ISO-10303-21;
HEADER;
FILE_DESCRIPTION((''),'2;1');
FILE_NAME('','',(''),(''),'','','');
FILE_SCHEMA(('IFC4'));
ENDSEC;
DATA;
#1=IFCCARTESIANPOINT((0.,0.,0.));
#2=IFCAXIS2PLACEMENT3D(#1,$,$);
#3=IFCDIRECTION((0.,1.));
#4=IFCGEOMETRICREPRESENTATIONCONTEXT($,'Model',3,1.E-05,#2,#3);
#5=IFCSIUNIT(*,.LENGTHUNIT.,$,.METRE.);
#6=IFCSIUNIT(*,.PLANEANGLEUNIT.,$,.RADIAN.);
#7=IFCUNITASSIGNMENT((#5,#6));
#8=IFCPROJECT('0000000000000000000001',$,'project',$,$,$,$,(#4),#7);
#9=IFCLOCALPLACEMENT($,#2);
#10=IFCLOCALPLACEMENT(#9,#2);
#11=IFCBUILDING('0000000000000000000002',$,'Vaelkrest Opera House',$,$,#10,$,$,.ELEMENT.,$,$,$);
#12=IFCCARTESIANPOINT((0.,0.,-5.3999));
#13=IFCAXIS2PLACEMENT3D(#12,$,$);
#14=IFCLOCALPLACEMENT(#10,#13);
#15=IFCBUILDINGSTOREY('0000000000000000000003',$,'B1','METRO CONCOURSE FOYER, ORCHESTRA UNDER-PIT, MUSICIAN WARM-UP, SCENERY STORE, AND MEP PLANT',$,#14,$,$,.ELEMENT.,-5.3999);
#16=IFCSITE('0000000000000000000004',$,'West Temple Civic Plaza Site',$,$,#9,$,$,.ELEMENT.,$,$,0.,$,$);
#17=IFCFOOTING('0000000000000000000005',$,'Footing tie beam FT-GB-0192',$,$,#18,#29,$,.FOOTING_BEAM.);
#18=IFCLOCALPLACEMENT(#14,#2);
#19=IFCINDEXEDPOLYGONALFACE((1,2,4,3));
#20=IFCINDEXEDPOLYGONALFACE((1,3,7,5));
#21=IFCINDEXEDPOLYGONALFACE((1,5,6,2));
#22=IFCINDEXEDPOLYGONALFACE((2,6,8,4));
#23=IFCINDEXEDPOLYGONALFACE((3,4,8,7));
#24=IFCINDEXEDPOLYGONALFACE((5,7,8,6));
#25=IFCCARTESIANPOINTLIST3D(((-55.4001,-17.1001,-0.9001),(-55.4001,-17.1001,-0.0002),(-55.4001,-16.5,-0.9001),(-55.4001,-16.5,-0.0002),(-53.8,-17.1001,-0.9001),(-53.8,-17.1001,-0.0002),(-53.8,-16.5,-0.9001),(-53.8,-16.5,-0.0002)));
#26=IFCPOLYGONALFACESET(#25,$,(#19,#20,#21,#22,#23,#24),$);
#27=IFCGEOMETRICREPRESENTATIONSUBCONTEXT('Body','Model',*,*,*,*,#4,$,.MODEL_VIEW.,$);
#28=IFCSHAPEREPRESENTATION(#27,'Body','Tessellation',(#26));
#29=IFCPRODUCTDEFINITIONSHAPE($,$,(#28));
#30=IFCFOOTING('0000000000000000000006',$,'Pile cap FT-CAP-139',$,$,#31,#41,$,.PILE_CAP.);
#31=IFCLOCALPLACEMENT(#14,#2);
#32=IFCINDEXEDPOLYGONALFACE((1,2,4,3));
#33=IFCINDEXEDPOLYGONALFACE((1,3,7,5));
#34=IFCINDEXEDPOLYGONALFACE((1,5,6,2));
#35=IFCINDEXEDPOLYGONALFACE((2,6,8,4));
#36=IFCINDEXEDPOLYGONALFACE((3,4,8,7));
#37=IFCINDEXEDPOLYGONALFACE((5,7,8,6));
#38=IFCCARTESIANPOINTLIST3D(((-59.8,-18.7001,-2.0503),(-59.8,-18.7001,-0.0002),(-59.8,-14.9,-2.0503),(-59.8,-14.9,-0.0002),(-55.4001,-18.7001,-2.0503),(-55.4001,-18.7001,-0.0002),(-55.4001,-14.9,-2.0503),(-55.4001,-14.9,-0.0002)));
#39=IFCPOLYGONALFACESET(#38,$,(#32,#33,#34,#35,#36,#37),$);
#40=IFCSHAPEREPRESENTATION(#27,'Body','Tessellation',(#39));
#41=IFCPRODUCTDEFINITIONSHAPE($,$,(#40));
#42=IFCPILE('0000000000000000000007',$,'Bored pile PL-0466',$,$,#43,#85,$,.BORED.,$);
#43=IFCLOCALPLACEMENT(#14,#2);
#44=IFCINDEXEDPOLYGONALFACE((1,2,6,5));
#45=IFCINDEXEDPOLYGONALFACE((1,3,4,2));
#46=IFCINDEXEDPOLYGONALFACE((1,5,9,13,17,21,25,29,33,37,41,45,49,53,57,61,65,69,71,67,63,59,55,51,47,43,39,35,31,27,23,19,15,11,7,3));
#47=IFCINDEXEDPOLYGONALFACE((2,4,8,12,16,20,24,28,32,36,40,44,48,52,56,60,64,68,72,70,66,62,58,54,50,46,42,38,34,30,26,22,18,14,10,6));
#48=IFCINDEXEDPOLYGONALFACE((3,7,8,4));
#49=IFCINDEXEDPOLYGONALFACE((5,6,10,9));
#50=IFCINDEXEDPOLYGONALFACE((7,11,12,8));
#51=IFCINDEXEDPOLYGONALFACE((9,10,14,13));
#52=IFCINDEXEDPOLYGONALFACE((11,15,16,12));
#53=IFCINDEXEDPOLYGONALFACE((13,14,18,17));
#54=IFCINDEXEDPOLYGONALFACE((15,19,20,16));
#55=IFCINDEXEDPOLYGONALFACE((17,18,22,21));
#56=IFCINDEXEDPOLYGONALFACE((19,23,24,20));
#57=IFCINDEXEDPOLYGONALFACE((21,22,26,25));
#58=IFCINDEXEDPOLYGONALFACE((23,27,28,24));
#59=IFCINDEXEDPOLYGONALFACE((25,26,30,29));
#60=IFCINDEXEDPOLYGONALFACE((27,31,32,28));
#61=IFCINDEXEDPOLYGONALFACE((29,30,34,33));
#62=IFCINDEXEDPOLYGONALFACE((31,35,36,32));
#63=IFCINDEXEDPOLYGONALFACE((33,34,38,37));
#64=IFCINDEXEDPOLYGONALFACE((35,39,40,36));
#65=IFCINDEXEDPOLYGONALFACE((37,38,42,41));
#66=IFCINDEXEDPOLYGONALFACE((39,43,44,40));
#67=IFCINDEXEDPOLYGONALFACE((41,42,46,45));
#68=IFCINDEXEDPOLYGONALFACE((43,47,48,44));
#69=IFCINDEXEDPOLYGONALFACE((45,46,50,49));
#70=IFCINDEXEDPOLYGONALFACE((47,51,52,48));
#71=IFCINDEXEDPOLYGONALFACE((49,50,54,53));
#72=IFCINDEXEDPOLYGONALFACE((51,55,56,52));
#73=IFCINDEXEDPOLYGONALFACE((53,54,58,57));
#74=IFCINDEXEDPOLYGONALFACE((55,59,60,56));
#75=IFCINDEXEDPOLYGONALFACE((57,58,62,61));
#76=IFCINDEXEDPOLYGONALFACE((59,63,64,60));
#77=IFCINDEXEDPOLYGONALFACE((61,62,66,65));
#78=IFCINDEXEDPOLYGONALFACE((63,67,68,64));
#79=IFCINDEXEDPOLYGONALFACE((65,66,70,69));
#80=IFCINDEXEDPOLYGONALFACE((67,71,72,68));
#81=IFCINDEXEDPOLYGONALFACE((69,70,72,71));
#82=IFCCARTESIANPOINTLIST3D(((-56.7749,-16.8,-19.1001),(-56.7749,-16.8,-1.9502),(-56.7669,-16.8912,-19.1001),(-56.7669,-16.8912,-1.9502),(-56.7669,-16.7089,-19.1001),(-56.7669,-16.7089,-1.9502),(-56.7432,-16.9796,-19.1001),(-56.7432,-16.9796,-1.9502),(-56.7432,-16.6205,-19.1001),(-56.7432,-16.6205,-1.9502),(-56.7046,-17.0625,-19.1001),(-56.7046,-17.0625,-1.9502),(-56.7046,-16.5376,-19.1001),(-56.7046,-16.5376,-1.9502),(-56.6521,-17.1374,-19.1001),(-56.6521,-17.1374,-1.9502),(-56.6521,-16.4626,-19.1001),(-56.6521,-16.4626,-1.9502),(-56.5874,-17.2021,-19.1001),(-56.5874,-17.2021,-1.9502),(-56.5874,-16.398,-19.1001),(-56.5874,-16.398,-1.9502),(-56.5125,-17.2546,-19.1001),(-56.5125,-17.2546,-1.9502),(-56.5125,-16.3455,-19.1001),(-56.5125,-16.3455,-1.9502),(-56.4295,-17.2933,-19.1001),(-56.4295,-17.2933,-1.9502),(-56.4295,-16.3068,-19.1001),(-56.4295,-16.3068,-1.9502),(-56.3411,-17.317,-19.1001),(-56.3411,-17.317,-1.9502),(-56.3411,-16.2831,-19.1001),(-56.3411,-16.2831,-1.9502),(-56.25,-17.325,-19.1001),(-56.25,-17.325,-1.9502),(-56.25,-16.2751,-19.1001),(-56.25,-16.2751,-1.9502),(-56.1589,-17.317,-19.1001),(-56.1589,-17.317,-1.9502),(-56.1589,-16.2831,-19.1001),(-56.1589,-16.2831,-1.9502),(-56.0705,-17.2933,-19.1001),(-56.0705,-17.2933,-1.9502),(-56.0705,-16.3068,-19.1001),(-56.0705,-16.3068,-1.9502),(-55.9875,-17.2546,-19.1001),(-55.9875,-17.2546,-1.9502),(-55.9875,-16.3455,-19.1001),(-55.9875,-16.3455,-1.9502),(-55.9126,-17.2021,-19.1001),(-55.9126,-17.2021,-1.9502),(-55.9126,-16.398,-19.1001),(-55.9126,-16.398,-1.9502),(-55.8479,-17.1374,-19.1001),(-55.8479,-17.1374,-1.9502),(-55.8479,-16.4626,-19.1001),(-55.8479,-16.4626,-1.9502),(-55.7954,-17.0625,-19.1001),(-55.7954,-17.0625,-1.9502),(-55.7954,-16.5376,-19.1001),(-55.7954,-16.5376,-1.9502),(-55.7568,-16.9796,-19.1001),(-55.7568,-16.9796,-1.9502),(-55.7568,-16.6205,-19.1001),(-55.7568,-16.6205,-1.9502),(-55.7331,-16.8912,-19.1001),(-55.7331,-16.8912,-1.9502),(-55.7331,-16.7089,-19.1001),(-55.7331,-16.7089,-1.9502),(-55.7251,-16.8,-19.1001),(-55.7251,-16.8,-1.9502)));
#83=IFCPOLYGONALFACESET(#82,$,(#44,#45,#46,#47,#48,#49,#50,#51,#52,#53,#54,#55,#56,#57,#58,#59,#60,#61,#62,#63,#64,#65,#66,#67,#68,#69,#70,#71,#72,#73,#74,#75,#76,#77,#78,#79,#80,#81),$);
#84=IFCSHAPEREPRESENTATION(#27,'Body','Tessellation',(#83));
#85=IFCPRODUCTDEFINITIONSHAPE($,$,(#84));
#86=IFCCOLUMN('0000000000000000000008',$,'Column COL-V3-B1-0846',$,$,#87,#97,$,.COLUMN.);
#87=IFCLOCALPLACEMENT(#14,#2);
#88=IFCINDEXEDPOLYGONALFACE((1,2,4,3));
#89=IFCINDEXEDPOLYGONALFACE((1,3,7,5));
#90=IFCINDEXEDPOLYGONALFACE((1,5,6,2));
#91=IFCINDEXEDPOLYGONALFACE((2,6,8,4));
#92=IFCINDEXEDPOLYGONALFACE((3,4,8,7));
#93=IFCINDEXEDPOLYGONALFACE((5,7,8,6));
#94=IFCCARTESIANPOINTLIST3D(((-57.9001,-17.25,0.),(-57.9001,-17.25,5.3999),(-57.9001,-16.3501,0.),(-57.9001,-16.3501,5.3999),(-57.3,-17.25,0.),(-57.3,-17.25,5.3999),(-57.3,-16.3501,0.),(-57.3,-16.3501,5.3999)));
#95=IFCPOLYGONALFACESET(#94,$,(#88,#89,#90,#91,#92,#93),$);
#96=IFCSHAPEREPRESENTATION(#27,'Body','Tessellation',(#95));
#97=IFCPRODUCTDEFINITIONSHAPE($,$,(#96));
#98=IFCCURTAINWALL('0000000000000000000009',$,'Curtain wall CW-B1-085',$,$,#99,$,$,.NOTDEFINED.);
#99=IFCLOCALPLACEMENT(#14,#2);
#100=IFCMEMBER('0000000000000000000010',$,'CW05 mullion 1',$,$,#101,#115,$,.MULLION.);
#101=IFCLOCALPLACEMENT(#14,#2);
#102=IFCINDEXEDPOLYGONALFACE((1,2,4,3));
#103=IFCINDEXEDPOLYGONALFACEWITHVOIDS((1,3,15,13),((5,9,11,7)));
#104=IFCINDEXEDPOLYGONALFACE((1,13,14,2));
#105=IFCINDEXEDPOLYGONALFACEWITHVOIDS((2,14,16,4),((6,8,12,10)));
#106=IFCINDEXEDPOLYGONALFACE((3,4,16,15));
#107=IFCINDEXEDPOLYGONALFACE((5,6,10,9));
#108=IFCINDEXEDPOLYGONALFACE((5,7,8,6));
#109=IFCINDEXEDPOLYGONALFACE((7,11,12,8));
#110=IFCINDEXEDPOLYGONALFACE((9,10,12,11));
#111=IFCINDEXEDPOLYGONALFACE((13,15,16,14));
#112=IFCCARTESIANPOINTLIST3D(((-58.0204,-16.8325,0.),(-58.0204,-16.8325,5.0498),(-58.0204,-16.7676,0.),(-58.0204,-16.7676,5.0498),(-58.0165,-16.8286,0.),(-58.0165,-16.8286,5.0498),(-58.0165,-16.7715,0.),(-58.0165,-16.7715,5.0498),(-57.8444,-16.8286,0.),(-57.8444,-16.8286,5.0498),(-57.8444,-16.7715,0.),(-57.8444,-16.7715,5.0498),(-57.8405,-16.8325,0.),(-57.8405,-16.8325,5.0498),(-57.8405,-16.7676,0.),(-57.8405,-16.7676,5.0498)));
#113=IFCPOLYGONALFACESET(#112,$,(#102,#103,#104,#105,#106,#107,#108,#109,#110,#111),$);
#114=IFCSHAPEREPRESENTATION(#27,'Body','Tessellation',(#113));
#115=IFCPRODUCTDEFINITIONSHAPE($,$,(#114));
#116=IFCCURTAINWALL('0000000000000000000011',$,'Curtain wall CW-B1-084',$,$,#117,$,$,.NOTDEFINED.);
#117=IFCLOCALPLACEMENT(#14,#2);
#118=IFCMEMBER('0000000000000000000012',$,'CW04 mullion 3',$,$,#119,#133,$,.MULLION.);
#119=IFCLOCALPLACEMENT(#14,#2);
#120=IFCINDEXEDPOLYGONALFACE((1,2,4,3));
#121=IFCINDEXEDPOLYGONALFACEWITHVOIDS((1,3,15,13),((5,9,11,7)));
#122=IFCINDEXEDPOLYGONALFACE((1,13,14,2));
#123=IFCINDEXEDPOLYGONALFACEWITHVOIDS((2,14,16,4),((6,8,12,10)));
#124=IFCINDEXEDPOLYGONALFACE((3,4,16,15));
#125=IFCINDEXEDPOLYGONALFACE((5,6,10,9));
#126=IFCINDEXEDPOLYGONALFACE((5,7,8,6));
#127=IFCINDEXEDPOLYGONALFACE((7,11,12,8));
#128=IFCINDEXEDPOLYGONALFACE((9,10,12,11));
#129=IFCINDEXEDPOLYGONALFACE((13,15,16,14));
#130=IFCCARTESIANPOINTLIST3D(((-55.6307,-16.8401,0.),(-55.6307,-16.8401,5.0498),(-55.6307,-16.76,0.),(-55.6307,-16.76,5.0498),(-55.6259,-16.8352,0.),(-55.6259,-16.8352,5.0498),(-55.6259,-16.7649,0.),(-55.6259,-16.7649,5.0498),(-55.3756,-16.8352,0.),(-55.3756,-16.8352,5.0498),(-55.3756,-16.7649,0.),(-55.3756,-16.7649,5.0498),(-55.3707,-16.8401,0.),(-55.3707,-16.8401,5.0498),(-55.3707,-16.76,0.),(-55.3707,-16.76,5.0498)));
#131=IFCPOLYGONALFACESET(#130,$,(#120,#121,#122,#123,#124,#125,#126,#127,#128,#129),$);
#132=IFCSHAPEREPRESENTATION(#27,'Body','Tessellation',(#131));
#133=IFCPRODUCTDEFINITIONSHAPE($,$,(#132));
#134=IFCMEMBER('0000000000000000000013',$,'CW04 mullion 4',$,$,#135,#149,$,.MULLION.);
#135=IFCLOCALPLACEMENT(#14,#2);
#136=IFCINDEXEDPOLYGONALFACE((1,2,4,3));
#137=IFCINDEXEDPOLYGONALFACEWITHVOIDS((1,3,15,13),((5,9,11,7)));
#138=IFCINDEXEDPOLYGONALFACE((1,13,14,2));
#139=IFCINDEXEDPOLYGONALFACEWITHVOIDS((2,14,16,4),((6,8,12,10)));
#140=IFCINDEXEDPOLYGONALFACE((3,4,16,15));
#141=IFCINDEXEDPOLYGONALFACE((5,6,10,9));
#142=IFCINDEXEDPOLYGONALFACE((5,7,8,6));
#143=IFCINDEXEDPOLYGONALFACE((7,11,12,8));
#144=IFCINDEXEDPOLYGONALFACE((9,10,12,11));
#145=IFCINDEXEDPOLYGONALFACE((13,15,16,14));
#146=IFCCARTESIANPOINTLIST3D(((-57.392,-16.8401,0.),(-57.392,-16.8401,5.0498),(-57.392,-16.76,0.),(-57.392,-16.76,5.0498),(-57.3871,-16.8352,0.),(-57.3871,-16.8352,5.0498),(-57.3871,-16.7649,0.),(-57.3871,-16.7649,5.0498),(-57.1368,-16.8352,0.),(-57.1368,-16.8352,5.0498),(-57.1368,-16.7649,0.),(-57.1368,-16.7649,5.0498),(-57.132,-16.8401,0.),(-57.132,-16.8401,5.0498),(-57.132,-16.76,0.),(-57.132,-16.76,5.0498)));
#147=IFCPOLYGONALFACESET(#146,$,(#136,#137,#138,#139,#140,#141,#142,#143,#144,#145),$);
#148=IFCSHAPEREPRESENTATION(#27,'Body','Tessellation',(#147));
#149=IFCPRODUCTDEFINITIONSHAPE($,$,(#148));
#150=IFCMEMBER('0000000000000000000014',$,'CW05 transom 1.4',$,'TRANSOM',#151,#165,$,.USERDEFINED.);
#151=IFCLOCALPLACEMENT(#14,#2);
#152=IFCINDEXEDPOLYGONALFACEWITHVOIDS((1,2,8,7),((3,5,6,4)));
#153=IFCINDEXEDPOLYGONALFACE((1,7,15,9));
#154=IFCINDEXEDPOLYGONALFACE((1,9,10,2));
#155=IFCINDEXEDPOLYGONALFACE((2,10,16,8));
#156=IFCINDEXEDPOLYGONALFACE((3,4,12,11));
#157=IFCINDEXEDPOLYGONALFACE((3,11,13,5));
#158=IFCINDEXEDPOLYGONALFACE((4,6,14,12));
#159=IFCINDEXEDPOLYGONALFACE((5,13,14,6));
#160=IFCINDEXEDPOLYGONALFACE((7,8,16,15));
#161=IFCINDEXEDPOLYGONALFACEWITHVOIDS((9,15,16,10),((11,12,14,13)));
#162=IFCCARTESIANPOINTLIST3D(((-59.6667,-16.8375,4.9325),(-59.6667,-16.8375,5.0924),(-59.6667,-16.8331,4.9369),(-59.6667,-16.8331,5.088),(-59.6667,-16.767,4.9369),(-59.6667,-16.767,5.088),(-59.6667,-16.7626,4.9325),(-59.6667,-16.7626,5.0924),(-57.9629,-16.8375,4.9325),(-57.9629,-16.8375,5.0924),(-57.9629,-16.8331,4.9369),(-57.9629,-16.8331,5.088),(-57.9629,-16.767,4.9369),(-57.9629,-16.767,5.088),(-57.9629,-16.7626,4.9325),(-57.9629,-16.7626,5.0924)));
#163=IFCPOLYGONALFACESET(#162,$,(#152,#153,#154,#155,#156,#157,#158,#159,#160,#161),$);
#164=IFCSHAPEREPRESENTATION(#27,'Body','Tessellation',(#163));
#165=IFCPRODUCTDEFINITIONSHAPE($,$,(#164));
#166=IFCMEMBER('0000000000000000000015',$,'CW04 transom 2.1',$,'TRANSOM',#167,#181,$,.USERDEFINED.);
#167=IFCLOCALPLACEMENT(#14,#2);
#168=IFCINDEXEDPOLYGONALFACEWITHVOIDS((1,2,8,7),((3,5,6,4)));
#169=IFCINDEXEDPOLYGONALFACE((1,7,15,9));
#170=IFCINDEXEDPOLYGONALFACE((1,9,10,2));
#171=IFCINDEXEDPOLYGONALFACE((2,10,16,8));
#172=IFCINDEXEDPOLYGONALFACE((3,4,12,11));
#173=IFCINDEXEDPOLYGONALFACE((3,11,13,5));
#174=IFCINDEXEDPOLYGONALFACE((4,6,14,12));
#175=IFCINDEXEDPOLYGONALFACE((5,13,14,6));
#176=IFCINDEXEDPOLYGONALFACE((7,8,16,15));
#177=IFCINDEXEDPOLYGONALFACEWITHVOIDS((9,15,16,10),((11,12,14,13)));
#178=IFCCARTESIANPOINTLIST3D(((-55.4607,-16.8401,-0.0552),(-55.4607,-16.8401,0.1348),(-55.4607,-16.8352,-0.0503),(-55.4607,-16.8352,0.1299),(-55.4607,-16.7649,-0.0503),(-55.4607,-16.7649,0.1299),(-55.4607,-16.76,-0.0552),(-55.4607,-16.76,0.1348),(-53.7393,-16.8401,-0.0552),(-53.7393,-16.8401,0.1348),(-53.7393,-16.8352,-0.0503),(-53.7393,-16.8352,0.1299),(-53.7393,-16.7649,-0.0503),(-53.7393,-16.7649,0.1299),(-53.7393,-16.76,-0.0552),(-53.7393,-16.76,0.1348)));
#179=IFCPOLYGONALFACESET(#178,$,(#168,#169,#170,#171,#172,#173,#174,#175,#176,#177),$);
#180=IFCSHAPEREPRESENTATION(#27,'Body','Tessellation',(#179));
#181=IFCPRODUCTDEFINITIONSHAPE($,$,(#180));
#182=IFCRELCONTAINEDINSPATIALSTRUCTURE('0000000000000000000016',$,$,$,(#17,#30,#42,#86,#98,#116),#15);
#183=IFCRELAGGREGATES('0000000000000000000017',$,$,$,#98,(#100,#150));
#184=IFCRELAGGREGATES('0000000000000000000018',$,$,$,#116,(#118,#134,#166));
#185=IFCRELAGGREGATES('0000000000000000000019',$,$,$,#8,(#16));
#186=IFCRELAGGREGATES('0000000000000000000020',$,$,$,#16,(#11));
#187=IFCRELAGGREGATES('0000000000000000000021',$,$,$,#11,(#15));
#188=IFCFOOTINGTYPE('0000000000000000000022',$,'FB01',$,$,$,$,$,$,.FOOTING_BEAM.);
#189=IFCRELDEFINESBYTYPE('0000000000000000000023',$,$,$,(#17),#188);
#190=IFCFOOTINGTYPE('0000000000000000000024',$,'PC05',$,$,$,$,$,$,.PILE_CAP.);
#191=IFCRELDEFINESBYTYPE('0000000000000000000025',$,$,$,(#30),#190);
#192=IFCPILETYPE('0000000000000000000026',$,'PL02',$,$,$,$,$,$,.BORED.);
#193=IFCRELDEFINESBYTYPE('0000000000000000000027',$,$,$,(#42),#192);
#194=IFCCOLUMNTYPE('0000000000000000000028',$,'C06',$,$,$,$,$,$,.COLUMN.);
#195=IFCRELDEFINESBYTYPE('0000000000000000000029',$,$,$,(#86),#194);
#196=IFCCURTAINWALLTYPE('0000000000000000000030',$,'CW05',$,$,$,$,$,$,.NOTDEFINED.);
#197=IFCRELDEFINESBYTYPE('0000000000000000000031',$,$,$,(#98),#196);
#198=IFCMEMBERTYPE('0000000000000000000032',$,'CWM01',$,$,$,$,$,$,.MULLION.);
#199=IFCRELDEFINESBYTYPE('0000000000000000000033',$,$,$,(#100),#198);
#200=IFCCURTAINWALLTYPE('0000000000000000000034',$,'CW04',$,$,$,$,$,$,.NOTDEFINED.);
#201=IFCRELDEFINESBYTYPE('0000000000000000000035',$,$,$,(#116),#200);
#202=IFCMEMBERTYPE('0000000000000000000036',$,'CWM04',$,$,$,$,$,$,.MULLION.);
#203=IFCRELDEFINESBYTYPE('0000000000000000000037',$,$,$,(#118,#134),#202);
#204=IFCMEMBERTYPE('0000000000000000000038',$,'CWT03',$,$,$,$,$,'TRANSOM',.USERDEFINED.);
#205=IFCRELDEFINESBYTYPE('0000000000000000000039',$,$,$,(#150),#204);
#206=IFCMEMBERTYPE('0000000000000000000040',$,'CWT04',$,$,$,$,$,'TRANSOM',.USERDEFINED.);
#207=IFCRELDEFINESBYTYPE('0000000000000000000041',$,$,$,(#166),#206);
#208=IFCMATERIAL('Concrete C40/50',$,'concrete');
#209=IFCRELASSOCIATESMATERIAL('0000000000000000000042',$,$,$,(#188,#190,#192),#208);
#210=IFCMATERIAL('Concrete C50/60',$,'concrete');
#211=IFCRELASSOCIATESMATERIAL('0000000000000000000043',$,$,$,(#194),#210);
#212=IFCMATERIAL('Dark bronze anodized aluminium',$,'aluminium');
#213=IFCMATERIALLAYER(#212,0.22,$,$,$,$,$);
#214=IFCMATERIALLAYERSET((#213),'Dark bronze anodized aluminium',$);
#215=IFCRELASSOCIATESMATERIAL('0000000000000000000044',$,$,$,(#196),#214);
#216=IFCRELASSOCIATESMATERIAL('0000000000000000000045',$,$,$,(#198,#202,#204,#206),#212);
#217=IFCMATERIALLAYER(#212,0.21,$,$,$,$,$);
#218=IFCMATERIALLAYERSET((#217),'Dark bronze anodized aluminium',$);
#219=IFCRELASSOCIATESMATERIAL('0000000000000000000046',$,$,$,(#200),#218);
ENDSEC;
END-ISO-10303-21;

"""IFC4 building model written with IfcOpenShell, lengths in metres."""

from ifc_helpers import new_model, si_unit, direction, frame, origin, origin_2d, place, context, subcontext, project, spatial, rectangle, hollow_rectangle, circle, extrude, material, layer, layer_set, material_profile, profile_set, type_object, element, aggregate, save


model = new_model("IFC4")

# Units and contexts
model_context = context("Model", 3, precision=1e-05, world=origin(), true_north=direction((0.0, 1.0)))
body_context = subcontext(model_context, "Body", "Model", "MODEL_VIEW")
ifc_project = project(units=[si_unit("LENGTHUNIT", "METRE"), si_unit("PLANEANGLEUNIT", "RADIAN")], contexts=[model_context])

# Site, building, storey
site_placement = place(None, origin())
site = spatial("IfcSite", under=ifc_project, at=site_placement, Name="West Temple Civic Plaza Site", CompositionType="ELEMENT", RefElevation=0.0)
building_placement = place(site_placement, origin())
building = spatial("IfcBuilding", under=site, at=building_placement, Name="Vaelkrest Opera House", CompositionType="ELEMENT")
storey_placement = place(building_placement, frame((0.0, 0.0, -5.3999)))
storey = spatial("IfcBuildingStorey", under=building, at=storey_placement, Name="B1", Description="METRO CONCOURSE FOYER, ORCHESTRA UNDER-PIT, MUSICIAN WARM-UP, SCENERY STORE, AND MEP PLANT", CompositionType="ELEMENT", Elevation=-5.3999)

# Footings
ifc_material_1 = material(Name="Concrete C40/50", Category="concrete")
footing_type_1 = type_object("IfcFootingType", Name="FB01", PredefinedType="FOOTING_BEAM", material=ifc_material_1)
footing_1_placement = place(storey_placement, frame((-54.6001, -16.8, -0.9001), z_axis=(0.0, 0.0, 1.0), x_axis=(1.0, 0.0, 0.0)))
element("IfcFooting", 1, at=footing_1_placement, inside=storey, type_object=footing_type_1, Name="Footing tie beam FT-GB-0192", PredefinedType="FOOTING_BEAM", context=body_context, shape_type="SweptSolid", body=[
    extrude(rectangle(XDim=1.6001, YDim=0.6001, at=origin_2d()), origin(), (0.0, 0.0, 1.0), 0.8999),
])
footing_type_2 = type_object("IfcFootingType", Name="PC05", PredefinedType="PILE_CAP", material=ifc_material_1)
footing_2_placement = place(storey_placement, frame((-57.6001, -16.8, -2.0503), z_axis=(0.0, 0.0, 1.0), x_axis=(1.0, 0.0, 0.0)))
element("IfcFooting", 2, at=footing_2_placement, inside=storey, type_object=footing_type_2, Name="Pile cap FT-CAP-139", PredefinedType="PILE_CAP", context=body_context, shape_type="SweptSolid", body=[
    extrude(rectangle(XDim=4.3999, YDim=3.8, at=origin_2d()), origin(), (0.0, 0.0, 1.0), 2.05),
])

# Pile
ifc_material_profile_1 = material_profile(ifc_material_1, circle(Radius=0.5249, at=origin_2d()), Name="PILE1050")
ifc_profile_set_1 = profile_set([ifc_material_profile_1], Name="Concrete C40/50")
pile_type = type_object("IfcPileType", Name="PL02", PredefinedType="BORED", material=ifc_profile_set_1)
pile_placement = place(storey_placement, frame((-56.25, -16.8, -1.9502), z_axis=(0.0, 0.0, -1.0), x_axis=(1.0, 0.0, 0.0)))
element("IfcPile", 3, at=pile_placement, inside=storey, type_object=pile_type, Name="Bored pile PL-0466", PredefinedType="BORED", context=body_context, shape_type="SweptSolid", body=[
    extrude(circle(Radius=0.5249, at=origin_2d()), origin(), (0.0, 0.0, 1.0), 17.1499),
])

# Column
ifc_material_2 = material(Name="Concrete C50/60", Category="concrete")
ifc_material_profile_2 = material_profile(ifc_material_2, rectangle(XDim=0.6001, YDim=0.8999, at=origin_2d()), Name="RC600X900")
ifc_profile_set_2 = profile_set([ifc_material_profile_2], Name="Concrete C50/60")
column_type = type_object("IfcColumnType", Name="C06", PredefinedType="COLUMN", material=ifc_profile_set_2)
column_placement = place(storey_placement, frame((-57.6001, -16.8, 0.0), z_axis=(0.0, 0.0, 1.0), x_axis=(1.0, 0.0, 0.0)))
element("IfcColumn", 4, at=column_placement, inside=storey, type_object=column_type, Name="Column COL-V3-B1-0846", PredefinedType="COLUMN", context=body_context, shape_type="SweptSolid", body=[
    extrude(rectangle(XDim=0.6001, YDim=0.8999, at=origin_2d()), origin(), (0.0, 0.0, 1.0), 5.3999),
])

# Curtain wall, member
ifc_material_3 = material(Name="Dark bronze anodized aluminium", Category="aluminium")
ifc_layer_1 = layer(ifc_material_3, 0.22)
ifc_layer_set_1 = layer_set([ifc_layer_1], Name="Dark bronze anodized aluminium")
curtain_wall_type_1 = type_object("IfcCurtainWallType", Name="CW05", PredefinedType="NOTDEFINED", material=ifc_layer_set_1)
curtain_wall_1_placement = place(storey_placement, origin())
curtain_wall_1 = element("IfcCurtainWall", 5, at=curtain_wall_1_placement, inside=storey, type_object=curtain_wall_type_1, Name="Curtain wall CW-B1-085", PredefinedType="NOTDEFINED")
ifc_material_profile_3 = material_profile(ifc_material_3, hollow_rectangle(XDim=0.0649, YDim=0.1799, WallThickness=0.0039, at=origin_2d()), Name="CWM65X180")
ifc_profile_set_3 = profile_set([ifc_material_profile_3], Name="Dark bronze anodized aluminium")
member_type_1 = type_object("IfcMemberType", Name="CWM01", PredefinedType="MULLION", material=ifc_profile_set_3)
member_1_placement = place(storey_placement, frame((-57.9304, -16.8, 0.0), z_axis=(0.0, 0.0, 1.0), x_axis=(0.0, -1.0, 0.0)))
member_1 = element("IfcMember", 6, at=member_1_placement, type_object=member_type_1, Name="CW05 mullion 1", PredefinedType="MULLION", context=body_context, shape_type="SweptSolid", body=[
    extrude(hollow_rectangle(XDim=0.0649, YDim=0.1799, WallThickness=0.0039, at=origin_2d()), origin(), (0.0, 0.0, 1.0), 5.0498),
])

# Curtain wall, members
ifc_layer_2 = layer(ifc_material_3, 0.21)
ifc_layer_set_2 = layer_set([ifc_layer_2], Name="Dark bronze anodized aluminium")
curtain_wall_type_2 = type_object("IfcCurtainWallType", Name="CW04", PredefinedType="NOTDEFINED", material=ifc_layer_set_2)
curtain_wall_2_placement = place(storey_placement, origin())
curtain_wall_2 = element("IfcCurtainWall", 7, at=curtain_wall_2_placement, inside=storey, type_object=curtain_wall_type_2, Name="Curtain wall CW-B1-084", PredefinedType="NOTDEFINED")
ifc_material_profile_4 = material_profile(ifc_material_3, hollow_rectangle(XDim=0.0801, YDim=0.26, WallThickness=0.0049, at=origin_2d()), Name="CWM80X260")
ifc_profile_set_4 = profile_set([ifc_material_profile_4], Name="Dark bronze anodized aluminium")
member_type_2 = type_object("IfcMemberType", Name="CWM04", PredefinedType="MULLION", material=ifc_profile_set_4)
member_2_placement = place(storey_placement, frame((-55.5007, -16.8, 0.0), z_axis=(0.0, 0.0, 1.0), x_axis=(0.0, -1.0, 0.0)))
member_2 = element("IfcMember", 8, at=member_2_placement, type_object=member_type_2, Name="CW04 mullion 3", PredefinedType="MULLION", context=body_context, shape_type="SweptSolid", body=[
    extrude(hollow_rectangle(XDim=0.0801, YDim=0.26, WallThickness=0.0049, at=origin_2d()), origin(), (0.0, 0.0, 1.0), 5.0498),
])
member_3_placement = place(storey_placement, frame((-57.262, -16.8, 0.0), z_axis=(0.0, 0.0, 1.0), x_axis=(0.0, -1.0, 0.0)))
member_3 = element("IfcMember", 9, at=member_3_placement, type_object=member_type_2, Name="CW04 mullion 4", PredefinedType="MULLION", context=body_context, shape_type="SweptSolid", body=[
    extrude(hollow_rectangle(XDim=0.0801, YDim=0.26, WallThickness=0.0049, at=origin_2d()), origin(), (0.0, 0.0, 1.0), 5.0498),
])

# Members
ifc_material_profile_5 = material_profile(ifc_material_3, hollow_rectangle(XDim=0.075, YDim=0.1599, WallThickness=0.0044, at=origin_2d()), Name="CWT75X160")
ifc_profile_set_5 = profile_set([ifc_material_profile_5], Name="Dark bronze anodized aluminium")
member_type_3 = type_object("IfcMemberType", Name="CWT03", ElementType="TRANSOM", PredefinedType="USERDEFINED", material=ifc_profile_set_5)
member_4_placement = place(storey_placement, frame((-57.9629, -16.8, 5.0125), z_axis=(-1.0, 0.0, 0.0), x_axis=(0.0, -1.0, 0.0)))
member_4 = element("IfcMember", 10, at=member_4_placement, type_object=member_type_3, Name="CW05 transom 1.4", ObjectType="TRANSOM", PredefinedType="USERDEFINED", context=body_context, shape_type="SweptSolid", body=[
    extrude(hollow_rectangle(XDim=0.075, YDim=0.1599, WallThickness=0.0044, at=origin_2d()), origin(), (0.0, 0.0, 1.0), 1.7039),
])
aggregate(curtain_wall_1, [member_1, member_4])
ifc_material_profile_6 = material_profile(ifc_material_3, hollow_rectangle(XDim=0.0801, YDim=0.1899, WallThickness=0.0049, at=origin_2d()), Name="CWT80X190")
ifc_profile_set_6 = profile_set([ifc_material_profile_6], Name="Dark bronze anodized aluminium")
member_type_4 = type_object("IfcMemberType", Name="CWT04", ElementType="TRANSOM", PredefinedType="USERDEFINED", material=ifc_profile_set_6)
member_5_placement = place(storey_placement, frame((-53.7393, -16.8, 0.0398), z_axis=(-1.0, 0.0, 0.0), x_axis=(0.0, -1.0, 0.0)))
member_5 = element("IfcMember", 11, at=member_5_placement, type_object=member_type_4, Name="CW04 transom 2.1", ObjectType="TRANSOM", PredefinedType="USERDEFINED", context=body_context, shape_type="SweptSolid", body=[
    extrude(hollow_rectangle(XDim=0.0801, YDim=0.1899, WallThickness=0.0049, at=origin_2d()), origin(), (0.0, 0.0, 1.0), 1.7214),
])

aggregate(curtain_wall_2, [member_2, member_3, member_5])

save(model, "model.ifc")
